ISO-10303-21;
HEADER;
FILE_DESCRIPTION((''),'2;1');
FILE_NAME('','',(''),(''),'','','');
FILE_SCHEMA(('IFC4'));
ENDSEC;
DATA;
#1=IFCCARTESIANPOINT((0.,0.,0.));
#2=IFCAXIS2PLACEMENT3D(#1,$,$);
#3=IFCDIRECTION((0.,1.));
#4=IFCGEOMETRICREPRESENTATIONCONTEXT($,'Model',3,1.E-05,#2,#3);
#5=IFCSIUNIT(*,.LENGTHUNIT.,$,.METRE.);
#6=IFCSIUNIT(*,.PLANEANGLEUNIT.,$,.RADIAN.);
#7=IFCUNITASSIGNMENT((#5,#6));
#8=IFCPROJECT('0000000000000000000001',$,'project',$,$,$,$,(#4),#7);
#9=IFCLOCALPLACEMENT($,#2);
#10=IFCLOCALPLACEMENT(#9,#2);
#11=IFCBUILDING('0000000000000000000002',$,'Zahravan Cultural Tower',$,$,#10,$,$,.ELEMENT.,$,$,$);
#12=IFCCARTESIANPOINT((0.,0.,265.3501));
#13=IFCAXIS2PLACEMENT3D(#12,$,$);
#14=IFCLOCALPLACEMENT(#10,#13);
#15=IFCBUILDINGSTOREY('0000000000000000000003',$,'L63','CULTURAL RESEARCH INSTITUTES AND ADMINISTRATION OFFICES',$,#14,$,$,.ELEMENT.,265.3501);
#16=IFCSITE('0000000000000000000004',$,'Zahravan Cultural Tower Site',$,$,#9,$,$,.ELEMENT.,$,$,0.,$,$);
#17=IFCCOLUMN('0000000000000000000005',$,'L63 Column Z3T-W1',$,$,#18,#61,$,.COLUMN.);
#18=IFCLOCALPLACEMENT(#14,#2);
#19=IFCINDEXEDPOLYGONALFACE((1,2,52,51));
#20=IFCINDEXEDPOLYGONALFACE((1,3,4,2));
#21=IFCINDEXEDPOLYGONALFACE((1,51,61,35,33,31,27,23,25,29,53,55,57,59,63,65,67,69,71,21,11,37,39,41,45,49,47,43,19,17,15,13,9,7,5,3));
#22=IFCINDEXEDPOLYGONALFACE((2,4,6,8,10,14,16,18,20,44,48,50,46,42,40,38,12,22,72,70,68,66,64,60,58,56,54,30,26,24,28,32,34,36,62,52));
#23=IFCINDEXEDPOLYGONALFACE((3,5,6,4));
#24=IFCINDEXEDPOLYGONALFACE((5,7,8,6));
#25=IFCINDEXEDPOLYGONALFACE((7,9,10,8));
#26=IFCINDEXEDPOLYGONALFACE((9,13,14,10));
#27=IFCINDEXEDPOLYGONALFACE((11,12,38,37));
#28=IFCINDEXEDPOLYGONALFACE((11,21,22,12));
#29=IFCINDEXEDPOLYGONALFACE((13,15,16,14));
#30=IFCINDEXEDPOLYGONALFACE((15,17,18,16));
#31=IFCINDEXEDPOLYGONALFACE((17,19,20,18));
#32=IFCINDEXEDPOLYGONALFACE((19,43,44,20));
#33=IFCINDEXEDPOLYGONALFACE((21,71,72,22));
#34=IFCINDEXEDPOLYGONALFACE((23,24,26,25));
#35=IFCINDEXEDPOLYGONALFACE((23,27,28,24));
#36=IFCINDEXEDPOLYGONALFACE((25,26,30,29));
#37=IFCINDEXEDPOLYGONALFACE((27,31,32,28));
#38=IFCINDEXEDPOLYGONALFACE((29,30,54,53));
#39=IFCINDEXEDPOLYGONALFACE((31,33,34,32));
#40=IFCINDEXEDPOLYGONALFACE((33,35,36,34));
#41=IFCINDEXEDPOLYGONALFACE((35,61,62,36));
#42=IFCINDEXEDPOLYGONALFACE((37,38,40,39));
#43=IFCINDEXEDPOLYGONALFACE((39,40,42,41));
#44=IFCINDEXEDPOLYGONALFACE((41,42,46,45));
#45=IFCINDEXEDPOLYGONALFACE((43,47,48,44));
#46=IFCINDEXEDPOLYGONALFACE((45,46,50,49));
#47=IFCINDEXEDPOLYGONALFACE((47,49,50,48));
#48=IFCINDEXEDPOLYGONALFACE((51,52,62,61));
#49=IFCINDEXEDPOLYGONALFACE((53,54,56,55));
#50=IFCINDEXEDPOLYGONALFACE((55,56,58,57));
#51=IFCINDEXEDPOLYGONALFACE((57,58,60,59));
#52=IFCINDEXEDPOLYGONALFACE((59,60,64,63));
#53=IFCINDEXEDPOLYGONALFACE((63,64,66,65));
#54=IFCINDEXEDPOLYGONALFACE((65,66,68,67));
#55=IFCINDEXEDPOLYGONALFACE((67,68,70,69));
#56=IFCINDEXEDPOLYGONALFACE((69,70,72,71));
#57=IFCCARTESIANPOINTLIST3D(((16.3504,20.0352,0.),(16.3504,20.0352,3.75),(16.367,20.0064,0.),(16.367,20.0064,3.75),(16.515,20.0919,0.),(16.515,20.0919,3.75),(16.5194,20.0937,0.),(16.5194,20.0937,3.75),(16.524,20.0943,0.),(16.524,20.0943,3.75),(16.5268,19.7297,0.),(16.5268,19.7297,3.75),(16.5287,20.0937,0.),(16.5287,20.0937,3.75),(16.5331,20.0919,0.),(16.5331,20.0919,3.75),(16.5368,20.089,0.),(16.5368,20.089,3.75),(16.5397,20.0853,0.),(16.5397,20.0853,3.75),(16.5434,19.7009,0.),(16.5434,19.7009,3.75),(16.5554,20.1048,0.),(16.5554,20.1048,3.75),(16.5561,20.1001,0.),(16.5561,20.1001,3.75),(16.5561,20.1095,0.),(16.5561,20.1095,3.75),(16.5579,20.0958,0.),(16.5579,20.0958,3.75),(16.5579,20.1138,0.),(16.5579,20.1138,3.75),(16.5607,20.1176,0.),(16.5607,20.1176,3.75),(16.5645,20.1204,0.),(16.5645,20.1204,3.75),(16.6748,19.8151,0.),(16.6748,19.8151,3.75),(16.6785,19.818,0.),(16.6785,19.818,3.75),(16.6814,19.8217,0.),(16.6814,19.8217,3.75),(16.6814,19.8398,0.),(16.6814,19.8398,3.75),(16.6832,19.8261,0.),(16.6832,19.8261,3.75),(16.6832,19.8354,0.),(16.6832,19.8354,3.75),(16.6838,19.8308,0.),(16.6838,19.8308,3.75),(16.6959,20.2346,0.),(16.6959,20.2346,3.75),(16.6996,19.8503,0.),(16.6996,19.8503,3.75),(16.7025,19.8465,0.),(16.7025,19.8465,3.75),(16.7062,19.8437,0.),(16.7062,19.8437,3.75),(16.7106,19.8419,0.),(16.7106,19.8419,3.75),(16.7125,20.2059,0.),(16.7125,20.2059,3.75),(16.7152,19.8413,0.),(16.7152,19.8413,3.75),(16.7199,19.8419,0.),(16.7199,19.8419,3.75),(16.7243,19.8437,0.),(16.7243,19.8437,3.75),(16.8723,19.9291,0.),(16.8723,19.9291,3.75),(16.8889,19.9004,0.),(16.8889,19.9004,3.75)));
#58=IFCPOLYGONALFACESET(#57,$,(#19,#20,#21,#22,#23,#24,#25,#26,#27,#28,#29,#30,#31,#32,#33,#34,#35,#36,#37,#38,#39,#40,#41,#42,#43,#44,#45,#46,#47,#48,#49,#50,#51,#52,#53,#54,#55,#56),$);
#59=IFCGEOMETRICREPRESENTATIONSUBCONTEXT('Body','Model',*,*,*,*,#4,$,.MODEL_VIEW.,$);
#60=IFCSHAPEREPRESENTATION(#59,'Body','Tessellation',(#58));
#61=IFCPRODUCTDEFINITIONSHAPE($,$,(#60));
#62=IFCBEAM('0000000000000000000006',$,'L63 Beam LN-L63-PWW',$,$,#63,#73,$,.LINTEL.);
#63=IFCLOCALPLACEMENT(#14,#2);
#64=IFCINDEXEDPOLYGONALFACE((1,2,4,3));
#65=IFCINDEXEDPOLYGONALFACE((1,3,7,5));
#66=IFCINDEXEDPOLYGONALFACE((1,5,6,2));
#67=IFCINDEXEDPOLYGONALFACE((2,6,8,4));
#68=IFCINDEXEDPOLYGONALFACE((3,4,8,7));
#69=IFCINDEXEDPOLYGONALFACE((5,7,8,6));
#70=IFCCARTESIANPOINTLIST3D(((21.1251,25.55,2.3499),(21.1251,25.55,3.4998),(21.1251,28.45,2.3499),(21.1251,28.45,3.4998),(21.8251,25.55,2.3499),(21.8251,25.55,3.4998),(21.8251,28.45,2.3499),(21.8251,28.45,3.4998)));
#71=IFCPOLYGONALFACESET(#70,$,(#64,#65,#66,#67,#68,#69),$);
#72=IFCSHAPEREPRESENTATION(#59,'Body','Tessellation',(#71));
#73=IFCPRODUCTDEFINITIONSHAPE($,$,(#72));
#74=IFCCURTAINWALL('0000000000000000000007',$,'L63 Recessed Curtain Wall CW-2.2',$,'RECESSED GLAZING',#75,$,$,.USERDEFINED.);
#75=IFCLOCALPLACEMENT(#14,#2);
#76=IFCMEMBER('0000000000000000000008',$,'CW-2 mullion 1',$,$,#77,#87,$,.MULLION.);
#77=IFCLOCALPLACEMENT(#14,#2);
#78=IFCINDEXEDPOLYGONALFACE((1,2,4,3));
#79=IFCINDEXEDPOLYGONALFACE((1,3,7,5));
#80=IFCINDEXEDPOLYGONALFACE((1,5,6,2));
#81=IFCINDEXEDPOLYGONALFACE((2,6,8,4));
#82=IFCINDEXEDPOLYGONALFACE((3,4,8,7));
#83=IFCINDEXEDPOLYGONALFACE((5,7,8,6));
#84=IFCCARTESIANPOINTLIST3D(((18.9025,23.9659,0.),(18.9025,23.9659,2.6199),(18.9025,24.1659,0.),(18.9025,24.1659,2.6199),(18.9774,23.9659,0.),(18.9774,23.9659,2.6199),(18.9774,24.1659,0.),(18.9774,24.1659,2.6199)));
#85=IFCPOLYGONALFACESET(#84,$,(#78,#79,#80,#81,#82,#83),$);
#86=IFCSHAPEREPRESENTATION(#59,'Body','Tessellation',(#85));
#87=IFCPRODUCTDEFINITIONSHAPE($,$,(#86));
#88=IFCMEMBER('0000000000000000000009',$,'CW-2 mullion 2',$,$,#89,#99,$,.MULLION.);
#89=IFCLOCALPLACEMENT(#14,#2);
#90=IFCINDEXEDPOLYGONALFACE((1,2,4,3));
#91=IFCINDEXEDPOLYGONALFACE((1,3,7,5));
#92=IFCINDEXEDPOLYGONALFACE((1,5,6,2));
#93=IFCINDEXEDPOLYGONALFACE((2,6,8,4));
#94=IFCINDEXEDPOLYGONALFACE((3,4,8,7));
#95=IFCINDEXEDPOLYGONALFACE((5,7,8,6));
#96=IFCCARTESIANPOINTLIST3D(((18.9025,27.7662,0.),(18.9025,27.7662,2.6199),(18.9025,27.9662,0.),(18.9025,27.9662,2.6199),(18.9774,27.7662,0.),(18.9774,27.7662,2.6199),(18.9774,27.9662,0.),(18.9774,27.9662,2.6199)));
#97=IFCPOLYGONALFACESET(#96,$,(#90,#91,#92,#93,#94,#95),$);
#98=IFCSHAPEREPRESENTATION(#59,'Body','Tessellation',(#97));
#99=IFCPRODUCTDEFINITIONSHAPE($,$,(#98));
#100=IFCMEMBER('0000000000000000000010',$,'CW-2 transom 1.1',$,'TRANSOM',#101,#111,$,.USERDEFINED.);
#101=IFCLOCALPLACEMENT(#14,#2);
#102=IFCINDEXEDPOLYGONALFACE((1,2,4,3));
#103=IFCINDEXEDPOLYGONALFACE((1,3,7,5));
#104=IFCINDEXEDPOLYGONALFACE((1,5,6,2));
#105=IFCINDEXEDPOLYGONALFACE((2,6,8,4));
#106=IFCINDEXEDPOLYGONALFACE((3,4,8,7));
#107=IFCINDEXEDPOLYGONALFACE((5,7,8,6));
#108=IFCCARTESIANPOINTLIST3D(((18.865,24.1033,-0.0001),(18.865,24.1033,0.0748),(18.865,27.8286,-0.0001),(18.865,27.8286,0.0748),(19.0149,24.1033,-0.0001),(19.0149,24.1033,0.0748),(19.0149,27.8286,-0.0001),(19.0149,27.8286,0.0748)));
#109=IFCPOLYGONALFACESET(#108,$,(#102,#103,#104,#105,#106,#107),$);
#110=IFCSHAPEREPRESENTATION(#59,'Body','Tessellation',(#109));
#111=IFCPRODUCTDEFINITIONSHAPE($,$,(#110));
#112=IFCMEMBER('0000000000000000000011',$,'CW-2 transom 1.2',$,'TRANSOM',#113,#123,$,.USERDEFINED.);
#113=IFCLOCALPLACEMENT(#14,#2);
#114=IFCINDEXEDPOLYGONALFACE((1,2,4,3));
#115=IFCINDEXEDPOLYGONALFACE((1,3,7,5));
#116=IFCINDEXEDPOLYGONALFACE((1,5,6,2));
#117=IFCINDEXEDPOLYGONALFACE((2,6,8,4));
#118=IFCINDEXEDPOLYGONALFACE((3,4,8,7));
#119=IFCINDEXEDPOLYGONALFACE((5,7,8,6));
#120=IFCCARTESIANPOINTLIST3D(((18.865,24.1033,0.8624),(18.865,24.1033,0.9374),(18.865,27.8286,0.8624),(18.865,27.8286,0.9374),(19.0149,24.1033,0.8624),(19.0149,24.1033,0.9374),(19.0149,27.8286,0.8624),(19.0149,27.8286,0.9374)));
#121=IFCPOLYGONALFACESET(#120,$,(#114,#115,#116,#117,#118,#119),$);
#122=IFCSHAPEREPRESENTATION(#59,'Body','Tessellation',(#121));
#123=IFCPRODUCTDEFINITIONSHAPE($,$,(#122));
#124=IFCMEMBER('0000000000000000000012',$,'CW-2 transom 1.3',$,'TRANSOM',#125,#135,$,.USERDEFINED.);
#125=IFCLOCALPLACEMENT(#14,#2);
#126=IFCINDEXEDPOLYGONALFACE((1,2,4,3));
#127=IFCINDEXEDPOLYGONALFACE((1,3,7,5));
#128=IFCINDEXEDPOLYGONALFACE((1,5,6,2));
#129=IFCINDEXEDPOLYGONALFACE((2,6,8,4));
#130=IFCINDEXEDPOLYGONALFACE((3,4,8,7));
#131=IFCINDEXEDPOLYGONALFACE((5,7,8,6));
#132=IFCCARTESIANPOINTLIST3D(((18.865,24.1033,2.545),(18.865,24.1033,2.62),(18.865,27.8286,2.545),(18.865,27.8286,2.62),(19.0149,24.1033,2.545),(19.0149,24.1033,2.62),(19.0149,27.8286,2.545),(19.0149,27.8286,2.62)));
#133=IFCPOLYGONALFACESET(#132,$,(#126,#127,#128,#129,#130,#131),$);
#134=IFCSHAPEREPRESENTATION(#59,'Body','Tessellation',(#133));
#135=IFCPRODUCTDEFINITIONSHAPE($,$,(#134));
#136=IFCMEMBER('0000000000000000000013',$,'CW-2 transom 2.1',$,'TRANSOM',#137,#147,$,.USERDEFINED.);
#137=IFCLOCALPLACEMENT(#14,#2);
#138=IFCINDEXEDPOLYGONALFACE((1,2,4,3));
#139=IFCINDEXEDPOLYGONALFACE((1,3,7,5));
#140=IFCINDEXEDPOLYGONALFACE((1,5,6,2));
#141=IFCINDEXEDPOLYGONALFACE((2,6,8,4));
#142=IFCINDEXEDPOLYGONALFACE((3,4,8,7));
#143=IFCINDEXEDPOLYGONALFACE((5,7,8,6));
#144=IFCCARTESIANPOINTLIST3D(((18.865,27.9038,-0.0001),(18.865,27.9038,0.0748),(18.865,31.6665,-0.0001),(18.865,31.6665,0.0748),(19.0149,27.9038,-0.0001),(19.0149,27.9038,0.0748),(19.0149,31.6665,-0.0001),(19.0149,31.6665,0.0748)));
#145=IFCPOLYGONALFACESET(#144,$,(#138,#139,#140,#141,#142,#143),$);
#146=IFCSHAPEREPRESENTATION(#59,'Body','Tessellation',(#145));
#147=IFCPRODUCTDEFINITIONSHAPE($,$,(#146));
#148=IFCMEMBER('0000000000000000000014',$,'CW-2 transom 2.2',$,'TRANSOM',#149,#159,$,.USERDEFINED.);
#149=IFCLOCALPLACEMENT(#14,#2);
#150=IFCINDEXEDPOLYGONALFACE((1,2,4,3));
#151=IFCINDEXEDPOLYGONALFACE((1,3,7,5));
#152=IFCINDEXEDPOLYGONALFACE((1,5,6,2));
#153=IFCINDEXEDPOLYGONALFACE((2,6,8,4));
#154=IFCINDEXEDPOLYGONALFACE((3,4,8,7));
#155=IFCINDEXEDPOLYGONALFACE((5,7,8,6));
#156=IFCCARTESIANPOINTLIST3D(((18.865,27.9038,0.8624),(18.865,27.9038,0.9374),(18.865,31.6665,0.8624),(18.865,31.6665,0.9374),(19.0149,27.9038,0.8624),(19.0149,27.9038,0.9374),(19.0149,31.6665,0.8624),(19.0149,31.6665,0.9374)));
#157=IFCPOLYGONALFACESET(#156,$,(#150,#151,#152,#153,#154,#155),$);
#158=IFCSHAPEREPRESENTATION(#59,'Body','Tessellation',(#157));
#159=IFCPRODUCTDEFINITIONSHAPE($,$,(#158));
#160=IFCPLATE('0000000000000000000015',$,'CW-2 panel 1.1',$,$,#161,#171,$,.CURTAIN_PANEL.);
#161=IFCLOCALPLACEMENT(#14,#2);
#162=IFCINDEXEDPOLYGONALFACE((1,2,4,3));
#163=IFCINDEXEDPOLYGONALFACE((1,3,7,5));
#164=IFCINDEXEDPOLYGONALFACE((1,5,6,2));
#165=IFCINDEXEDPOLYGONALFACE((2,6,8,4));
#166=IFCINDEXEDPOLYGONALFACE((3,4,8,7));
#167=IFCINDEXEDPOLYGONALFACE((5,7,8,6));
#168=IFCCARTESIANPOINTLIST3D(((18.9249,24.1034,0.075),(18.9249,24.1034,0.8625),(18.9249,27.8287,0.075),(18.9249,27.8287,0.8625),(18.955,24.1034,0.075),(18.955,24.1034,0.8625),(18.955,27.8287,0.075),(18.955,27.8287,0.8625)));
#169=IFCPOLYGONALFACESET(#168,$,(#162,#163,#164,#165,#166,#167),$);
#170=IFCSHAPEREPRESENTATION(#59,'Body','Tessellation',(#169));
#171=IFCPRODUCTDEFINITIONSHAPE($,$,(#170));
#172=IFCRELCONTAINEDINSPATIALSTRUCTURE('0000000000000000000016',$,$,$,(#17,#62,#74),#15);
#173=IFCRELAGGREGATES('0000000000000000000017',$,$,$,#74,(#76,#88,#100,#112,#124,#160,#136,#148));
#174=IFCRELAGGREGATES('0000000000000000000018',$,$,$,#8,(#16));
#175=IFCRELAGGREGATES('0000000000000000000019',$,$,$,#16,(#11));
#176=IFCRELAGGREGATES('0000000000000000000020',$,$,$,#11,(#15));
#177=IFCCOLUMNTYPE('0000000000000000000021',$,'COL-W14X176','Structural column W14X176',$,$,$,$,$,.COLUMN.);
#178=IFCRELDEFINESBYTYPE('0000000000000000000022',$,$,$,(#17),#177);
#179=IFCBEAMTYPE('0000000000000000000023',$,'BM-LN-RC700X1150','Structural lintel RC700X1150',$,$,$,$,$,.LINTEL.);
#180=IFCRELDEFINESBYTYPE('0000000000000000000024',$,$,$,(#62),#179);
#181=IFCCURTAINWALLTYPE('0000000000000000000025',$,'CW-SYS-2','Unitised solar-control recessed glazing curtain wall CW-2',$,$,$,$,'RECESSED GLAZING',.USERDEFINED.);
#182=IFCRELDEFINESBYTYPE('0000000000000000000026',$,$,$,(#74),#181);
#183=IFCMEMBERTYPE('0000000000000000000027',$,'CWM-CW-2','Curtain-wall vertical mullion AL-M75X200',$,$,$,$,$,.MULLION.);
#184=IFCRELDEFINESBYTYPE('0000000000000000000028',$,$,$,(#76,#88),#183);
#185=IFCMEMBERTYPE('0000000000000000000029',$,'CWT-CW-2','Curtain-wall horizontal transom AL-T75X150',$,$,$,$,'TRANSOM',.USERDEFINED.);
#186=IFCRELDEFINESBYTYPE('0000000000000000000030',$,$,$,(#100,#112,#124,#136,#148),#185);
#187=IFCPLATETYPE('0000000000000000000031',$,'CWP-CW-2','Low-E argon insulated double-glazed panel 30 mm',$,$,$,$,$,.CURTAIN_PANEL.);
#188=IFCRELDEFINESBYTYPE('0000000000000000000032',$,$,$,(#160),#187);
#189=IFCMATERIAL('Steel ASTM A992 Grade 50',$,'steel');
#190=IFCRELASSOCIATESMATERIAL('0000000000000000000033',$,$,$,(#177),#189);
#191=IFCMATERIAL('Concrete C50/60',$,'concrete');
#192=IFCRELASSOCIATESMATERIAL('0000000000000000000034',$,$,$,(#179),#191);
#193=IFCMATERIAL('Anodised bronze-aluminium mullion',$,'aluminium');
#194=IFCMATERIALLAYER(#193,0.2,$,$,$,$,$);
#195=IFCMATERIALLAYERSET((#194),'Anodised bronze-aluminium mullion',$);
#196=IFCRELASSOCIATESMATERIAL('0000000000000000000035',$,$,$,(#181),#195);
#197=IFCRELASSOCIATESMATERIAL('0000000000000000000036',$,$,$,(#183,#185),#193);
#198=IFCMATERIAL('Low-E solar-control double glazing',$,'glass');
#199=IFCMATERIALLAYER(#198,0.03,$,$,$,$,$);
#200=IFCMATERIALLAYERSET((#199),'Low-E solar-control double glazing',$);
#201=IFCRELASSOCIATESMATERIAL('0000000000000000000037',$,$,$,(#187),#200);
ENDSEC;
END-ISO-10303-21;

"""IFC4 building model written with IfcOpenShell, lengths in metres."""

from ifc_helpers import new_model, si_unit, direction, frame, origin, origin_2d, place, context, subcontext, project, spatial, rectangle, i_section, extrude, source, transform, mapped, material, layer, layer_set, material_profile, profile_set, type_object, element, aggregate, save


model = new_model("IFC4")

# Units and contexts
model_context = context("Model", 3, precision=1e-05, world=origin(), true_north=direction((0.0, 1.0)))
body_context = subcontext(model_context, "Body", "Model", "MODEL_VIEW")
ifc_project = project(units=[si_unit("LENGTHUNIT", "METRE"), si_unit("PLANEANGLEUNIT", "RADIAN")], contexts=[model_context])

# Site, building, storey
site_placement = place(None, origin())
site = spatial("IfcSite", under=ifc_project, at=site_placement, Name="Zahravan Cultural Tower Site", CompositionType="ELEMENT", RefElevation=0.0)
building_placement = place(site_placement, origin())
building = spatial("IfcBuilding", under=site, at=building_placement, Name="Zahravan Cultural Tower", CompositionType="ELEMENT")
storey_placement = place(building_placement, frame((0.0, 0.0, 265.3501)))
storey = spatial("IfcBuildingStorey", under=building, at=storey_placement, Name="L63", Description="CULTURAL RESEARCH INSTITUTES AND ADMINISTRATION OFFICES", CompositionType="ELEMENT", Elevation=265.3501)

# Column
ifc_material_1 = material(Name="Steel ASTM A992 Grade 50", Category="steel")
ifc_material_profile_1 = material_profile(ifc_material_1, i_section(OverallWidth=0.3989, OverallDepth=0.386, WebThickness=0.021, FlangeThickness=0.0332, FilletRadius=0.0181, at=origin_2d()), Name="W14X176")
ifc_profile_set_1 = profile_set([ifc_material_profile_1], Name="Steel ASTM A992 Grade 50")
column_type = type_object("IfcColumnType", Name="COL-W14X176", Description="Structural column W14X176", PredefinedType="COLUMN", material=ifc_profile_set_1)
shared_shape_1 = source(origin(), body_context, "Body", "SweptSolid", [
    extrude(i_section(OverallWidth=0.3989, OverallDepth=0.386, WebThickness=0.021, FlangeThickness=0.0332, FilletRadius=0.0181, at=origin_2d()), origin(), (0.0, 0.0, 1.0), 3.75),
])
column_placement = place(storey_placement, frame((16.6196, 19.9678, 0.0), z_axis=(0.0, 0.0, 1.0), x_axis=(0.866025, 0.5, 0.0)))
element("IfcColumn", 1, at=column_placement, inside=storey, type_object=column_type, Name="L63 Column Z3T-W1", PredefinedType="COLUMN", context=body_context, shape_type="MappedRepresentation", body=[
    mapped(shared_shape_1, transform((0.0, 0.0, 0.0), x_axis=(1.0, 0.0, 0.0), y_axis=(0.0, 1.0, 0.0), z_axis=(0.0, 0.0, 1.0), scale=1.0)),
])

# Beam
ifc_material_2 = material(Name="Concrete C50/60", Category="concrete")
ifc_material_profile_2 = material_profile(ifc_material_2, rectangle(XDim=0.7, YDim=1.1499, at=origin_2d()), Name="RC700X1150")
ifc_profile_set_2 = profile_set([ifc_material_profile_2], Name="Concrete C50/60")
beam_type = type_object("IfcBeamType", Name="BM-LN-RC700X1150", Description="Structural lintel RC700X1150", PredefinedType="LINTEL", material=ifc_profile_set_2)
shared_shape_2 = source(origin(), body_context, "Body", "SweptSolid", [
    extrude(rectangle(XDim=0.7, YDim=1.1499, at=origin_2d()), origin(), (0.0, 0.0, 1.0), 2.8999),
])
beam_placement = place(storey_placement, frame((21.4751, 25.55, 2.9248), z_axis=(0.0, 1.0, 0.0), x_axis=(-1.0, 0.0, 0.0)))
element("IfcBeam", 2, at=beam_placement, inside=storey, type_object=beam_type, Name="L63 Beam LN-L63-PWW", PredefinedType="LINTEL", context=body_context, shape_type="MappedRepresentation", body=[
    mapped(shared_shape_2, transform((0.0, 0.0, 0.0), x_axis=(1.0, 0.0, 0.0), y_axis=(0.0, 1.0, 0.0), z_axis=(0.0, 0.0, 1.0), scale=1.0)),
])

# Curtain wall, members, plate
ifc_material_3 = material(Name="Anodised bronze-aluminium mullion", Category="aluminium")
ifc_layer_1 = layer(ifc_material_3, 0.2)
ifc_layer_set_1 = layer_set([ifc_layer_1], Name="Anodised bronze-aluminium mullion")
curtain_wall_type = type_object("IfcCurtainWallType", Name="CW-SYS-2", Description="Unitised solar-control recessed glazing curtain wall CW-2", ElementType="RECESSED GLAZING", PredefinedType="USERDEFINED", material=ifc_layer_set_1)
curtain_wall_placement = place(storey_placement, origin())
curtain_wall = element("IfcCurtainWall", 3, at=curtain_wall_placement, inside=storey, type_object=curtain_wall_type, Name="L63 Recessed Curtain Wall CW-2.2", ObjectType="RECESSED GLAZING", PredefinedType="USERDEFINED")
ifc_material_profile_3 = material_profile(ifc_material_3, rectangle(XDim=0.075, YDim=0.2, at=origin_2d()), Name="AL-M75X200")
ifc_profile_set_3 = profile_set([ifc_material_profile_3], Name="Anodised bronze-aluminium mullion")
member_type_1 = type_object("IfcMemberType", Name="CWM-CW-2", Description="Curtain-wall vertical mullion AL-M75X200", PredefinedType="MULLION", material=ifc_profile_set_3)
shared_shape_3 = source(origin(), body_context, "Body", "SweptSolid", [
    extrude(rectangle(XDim=0.075, YDim=0.2, at=origin_2d()), origin(), (0.0, 0.0, 1.0), 2.6199),
])
member_1_placement = place(storey_placement, frame((18.9399, 24.0659, 0.0), z_axis=(0.0, 0.0, 1.0), x_axis=(-1.0, 0.0, 0.0)))
member_1 = element("IfcMember", 4, at=member_1_placement, type_object=member_type_1, Name="CW-2 mullion 1", PredefinedType="MULLION", context=body_context, shape_type="MappedRepresentation", body=[
    mapped(shared_shape_3, transform((0.0, 0.0, 0.0), x_axis=(1.0, 0.0, 0.0), y_axis=(0.0, 1.0, 0.0), z_axis=(0.0, 0.0, 1.0), scale=1.0)),
])
member_2_placement = place(storey_placement, frame((18.9399, 27.8662, 0.0), z_axis=(0.0, 0.0, 1.0), x_axis=(-1.0, 0.0, 0.0)))
member_2 = element("IfcMember", 5, at=member_2_placement, type_object=member_type_1, Name="CW-2 mullion 2", PredefinedType="MULLION", context=body_context, shape_type="MappedRepresentation", body=[
    mapped(shared_shape_3, transform((0.0, 0.0, 0.0), x_axis=(1.0, 0.0, 0.0), y_axis=(0.0, 1.0, 0.0), z_axis=(0.0, 0.0, 1.0), scale=1.0)),
])
ifc_material_profile_4 = material_profile(ifc_material_3, rectangle(XDim=0.1499, YDim=0.075, at=origin_2d()), Name="AL-T75X150")
ifc_profile_set_4 = profile_set([ifc_material_profile_4], Name="Anodised bronze-aluminium mullion")
member_type_2 = type_object("IfcMemberType", Name="CWT-CW-2", Description="Curtain-wall horizontal transom AL-T75X150", ElementType="TRANSOM", PredefinedType="USERDEFINED", material=ifc_profile_set_4)
shared_shape_4 = source(origin(), body_context, "Body", "SweptSolid", [
    extrude(rectangle(XDim=0.1499, YDim=0.075, at=origin_2d()), origin(), (0.0, 0.0, 1.0), 3.7253),
])
member_3_placement = place(storey_placement, frame((18.9399, 24.1033, 0.0374), z_axis=(0.0, 1.0, 0.0), x_axis=(-1.0, 0.0, 0.0)))
member_3 = element("IfcMember", 6, at=member_3_placement, type_object=member_type_2, Name="CW-2 transom 1.1", ObjectType="TRANSOM", PredefinedType="USERDEFINED", context=body_context, shape_type="MappedRepresentation", body=[
    mapped(shared_shape_4, transform((0.0, 0.0, 0.0), x_axis=(1.0, 0.0, 0.0), y_axis=(0.0, 1.0, 0.0), z_axis=(0.0, 0.0, 1.0), scale=1.0)),
])
member_4_placement = place(storey_placement, frame((18.9399, 24.1033, 0.8999), z_axis=(0.0, 1.0, 0.0), x_axis=(-1.0, 0.0, 0.0)))
member_4 = element("IfcMember", 7, at=member_4_placement, type_object=member_type_2, Name="CW-2 transom 1.2", ObjectType="TRANSOM", PredefinedType="USERDEFINED", context=body_context, shape_type="MappedRepresentation", body=[
    mapped(shared_shape_4, transform((0.0, 0.0, 0.0), x_axis=(1.0, 0.0, 0.0), y_axis=(0.0, 1.0, 0.0), z_axis=(0.0, 0.0, 1.0), scale=1.0)),
])
member_5_placement = place(storey_placement, frame((18.9399, 24.1033, 2.5825), z_axis=(0.0, 1.0, 0.0), x_axis=(-1.0, 0.0, 0.0)))
member_5 = element("IfcMember", 8, at=member_5_placement, type_object=member_type_2, Name="CW-2 transom 1.3", ObjectType="TRANSOM", PredefinedType="USERDEFINED", context=body_context, shape_type="MappedRepresentation", body=[
    mapped(shared_shape_4, transform((0.0, 0.0, 0.0), x_axis=(1.0, 0.0, 0.0), y_axis=(0.0, 1.0, 0.0), z_axis=(0.0, 0.0, 1.0), scale=1.0)),
])
shared_shape_5 = source(origin(), body_context, "Body", "SweptSolid", [
    extrude(rectangle(XDim=0.1499, YDim=0.075, at=origin_2d()), origin(), (0.0, 0.0, 1.0), 3.7627),
])
member_6_placement = place(storey_placement, frame((18.9399, 27.9038, 0.0374), z_axis=(0.0, 1.0, 0.0), x_axis=(-1.0, 0.0, 0.0)))
member_6 = element("IfcMember", 9, at=member_6_placement, type_object=member_type_2, Name="CW-2 transom 2.1", ObjectType="TRANSOM", PredefinedType="USERDEFINED", context=body_context, shape_type="MappedRepresentation", body=[
    mapped(shared_shape_5, transform((0.0, 0.0, 0.0), x_axis=(1.0, 0.0, 0.0), y_axis=(0.0, 1.0, 0.0), z_axis=(0.0, 0.0, 1.0), scale=1.0)),
])
member_7_placement = place(storey_placement, frame((18.9399, 27.9038, 0.8999), z_axis=(0.0, 1.0, 0.0), x_axis=(-1.0, 0.0, 0.0)))
member_7 = element("IfcMember", 10, at=member_7_placement, type_object=member_type_2, Name="CW-2 transom 2.2", ObjectType="TRANSOM", PredefinedType="USERDEFINED", context=body_context, shape_type="MappedRepresentation", body=[
    mapped(shared_shape_5, transform((0.0, 0.0, 0.0), x_axis=(1.0, 0.0, 0.0), y_axis=(0.0, 1.0, 0.0), z_axis=(0.0, 0.0, 1.0), scale=1.0)),
])
ifc_material_4 = material(Name="Low-E solar-control double glazing", Category="glass")
ifc_layer_2 = layer(ifc_material_4, 0.03)
ifc_layer_set_2 = layer_set([ifc_layer_2], Name="Low-E solar-control double glazing")
plate_type = type_object("IfcPlateType", Name="CWP-CW-2", Description="Low-E argon insulated double-glazed panel 30 mm", PredefinedType="CURTAIN_PANEL", material=ifc_layer_set_2)
shared_shape_6 = source(origin(), body_context, "Body", "SweptSolid", [
    extrude(rectangle(XDim=3.7253, YDim=0.03, at=origin_2d()), origin(), (0.0, 0.0, 1.0), 0.7876),
])
plate_1_placement = place(storey_placement, frame((18.9399, 25.9661, 0.075), z_axis=(0.0, 0.0, 1.0), x_axis=(0.0, 1.0, 0.0)))
plate_1 = element("IfcPlate", 11, at=plate_1_placement, type_object=plate_type, Name="CW-2 panel 1.1", PredefinedType="CURTAIN_PANEL", context=body_context, shape_type="MappedRepresentation", body=[
    mapped(shared_shape_6, transform((0.0, 0.0, 0.0), x_axis=(1.0, 0.0, 0.0), y_axis=(0.0, 1.0, 0.0), z_axis=(0.0, 0.0, 1.0), scale=1.0)),
])
aggregate(curtain_wall, [member_1, member_2, member_3, member_4, member_5, plate_1, member_6, member_7])

save(model, "model.ifc")
